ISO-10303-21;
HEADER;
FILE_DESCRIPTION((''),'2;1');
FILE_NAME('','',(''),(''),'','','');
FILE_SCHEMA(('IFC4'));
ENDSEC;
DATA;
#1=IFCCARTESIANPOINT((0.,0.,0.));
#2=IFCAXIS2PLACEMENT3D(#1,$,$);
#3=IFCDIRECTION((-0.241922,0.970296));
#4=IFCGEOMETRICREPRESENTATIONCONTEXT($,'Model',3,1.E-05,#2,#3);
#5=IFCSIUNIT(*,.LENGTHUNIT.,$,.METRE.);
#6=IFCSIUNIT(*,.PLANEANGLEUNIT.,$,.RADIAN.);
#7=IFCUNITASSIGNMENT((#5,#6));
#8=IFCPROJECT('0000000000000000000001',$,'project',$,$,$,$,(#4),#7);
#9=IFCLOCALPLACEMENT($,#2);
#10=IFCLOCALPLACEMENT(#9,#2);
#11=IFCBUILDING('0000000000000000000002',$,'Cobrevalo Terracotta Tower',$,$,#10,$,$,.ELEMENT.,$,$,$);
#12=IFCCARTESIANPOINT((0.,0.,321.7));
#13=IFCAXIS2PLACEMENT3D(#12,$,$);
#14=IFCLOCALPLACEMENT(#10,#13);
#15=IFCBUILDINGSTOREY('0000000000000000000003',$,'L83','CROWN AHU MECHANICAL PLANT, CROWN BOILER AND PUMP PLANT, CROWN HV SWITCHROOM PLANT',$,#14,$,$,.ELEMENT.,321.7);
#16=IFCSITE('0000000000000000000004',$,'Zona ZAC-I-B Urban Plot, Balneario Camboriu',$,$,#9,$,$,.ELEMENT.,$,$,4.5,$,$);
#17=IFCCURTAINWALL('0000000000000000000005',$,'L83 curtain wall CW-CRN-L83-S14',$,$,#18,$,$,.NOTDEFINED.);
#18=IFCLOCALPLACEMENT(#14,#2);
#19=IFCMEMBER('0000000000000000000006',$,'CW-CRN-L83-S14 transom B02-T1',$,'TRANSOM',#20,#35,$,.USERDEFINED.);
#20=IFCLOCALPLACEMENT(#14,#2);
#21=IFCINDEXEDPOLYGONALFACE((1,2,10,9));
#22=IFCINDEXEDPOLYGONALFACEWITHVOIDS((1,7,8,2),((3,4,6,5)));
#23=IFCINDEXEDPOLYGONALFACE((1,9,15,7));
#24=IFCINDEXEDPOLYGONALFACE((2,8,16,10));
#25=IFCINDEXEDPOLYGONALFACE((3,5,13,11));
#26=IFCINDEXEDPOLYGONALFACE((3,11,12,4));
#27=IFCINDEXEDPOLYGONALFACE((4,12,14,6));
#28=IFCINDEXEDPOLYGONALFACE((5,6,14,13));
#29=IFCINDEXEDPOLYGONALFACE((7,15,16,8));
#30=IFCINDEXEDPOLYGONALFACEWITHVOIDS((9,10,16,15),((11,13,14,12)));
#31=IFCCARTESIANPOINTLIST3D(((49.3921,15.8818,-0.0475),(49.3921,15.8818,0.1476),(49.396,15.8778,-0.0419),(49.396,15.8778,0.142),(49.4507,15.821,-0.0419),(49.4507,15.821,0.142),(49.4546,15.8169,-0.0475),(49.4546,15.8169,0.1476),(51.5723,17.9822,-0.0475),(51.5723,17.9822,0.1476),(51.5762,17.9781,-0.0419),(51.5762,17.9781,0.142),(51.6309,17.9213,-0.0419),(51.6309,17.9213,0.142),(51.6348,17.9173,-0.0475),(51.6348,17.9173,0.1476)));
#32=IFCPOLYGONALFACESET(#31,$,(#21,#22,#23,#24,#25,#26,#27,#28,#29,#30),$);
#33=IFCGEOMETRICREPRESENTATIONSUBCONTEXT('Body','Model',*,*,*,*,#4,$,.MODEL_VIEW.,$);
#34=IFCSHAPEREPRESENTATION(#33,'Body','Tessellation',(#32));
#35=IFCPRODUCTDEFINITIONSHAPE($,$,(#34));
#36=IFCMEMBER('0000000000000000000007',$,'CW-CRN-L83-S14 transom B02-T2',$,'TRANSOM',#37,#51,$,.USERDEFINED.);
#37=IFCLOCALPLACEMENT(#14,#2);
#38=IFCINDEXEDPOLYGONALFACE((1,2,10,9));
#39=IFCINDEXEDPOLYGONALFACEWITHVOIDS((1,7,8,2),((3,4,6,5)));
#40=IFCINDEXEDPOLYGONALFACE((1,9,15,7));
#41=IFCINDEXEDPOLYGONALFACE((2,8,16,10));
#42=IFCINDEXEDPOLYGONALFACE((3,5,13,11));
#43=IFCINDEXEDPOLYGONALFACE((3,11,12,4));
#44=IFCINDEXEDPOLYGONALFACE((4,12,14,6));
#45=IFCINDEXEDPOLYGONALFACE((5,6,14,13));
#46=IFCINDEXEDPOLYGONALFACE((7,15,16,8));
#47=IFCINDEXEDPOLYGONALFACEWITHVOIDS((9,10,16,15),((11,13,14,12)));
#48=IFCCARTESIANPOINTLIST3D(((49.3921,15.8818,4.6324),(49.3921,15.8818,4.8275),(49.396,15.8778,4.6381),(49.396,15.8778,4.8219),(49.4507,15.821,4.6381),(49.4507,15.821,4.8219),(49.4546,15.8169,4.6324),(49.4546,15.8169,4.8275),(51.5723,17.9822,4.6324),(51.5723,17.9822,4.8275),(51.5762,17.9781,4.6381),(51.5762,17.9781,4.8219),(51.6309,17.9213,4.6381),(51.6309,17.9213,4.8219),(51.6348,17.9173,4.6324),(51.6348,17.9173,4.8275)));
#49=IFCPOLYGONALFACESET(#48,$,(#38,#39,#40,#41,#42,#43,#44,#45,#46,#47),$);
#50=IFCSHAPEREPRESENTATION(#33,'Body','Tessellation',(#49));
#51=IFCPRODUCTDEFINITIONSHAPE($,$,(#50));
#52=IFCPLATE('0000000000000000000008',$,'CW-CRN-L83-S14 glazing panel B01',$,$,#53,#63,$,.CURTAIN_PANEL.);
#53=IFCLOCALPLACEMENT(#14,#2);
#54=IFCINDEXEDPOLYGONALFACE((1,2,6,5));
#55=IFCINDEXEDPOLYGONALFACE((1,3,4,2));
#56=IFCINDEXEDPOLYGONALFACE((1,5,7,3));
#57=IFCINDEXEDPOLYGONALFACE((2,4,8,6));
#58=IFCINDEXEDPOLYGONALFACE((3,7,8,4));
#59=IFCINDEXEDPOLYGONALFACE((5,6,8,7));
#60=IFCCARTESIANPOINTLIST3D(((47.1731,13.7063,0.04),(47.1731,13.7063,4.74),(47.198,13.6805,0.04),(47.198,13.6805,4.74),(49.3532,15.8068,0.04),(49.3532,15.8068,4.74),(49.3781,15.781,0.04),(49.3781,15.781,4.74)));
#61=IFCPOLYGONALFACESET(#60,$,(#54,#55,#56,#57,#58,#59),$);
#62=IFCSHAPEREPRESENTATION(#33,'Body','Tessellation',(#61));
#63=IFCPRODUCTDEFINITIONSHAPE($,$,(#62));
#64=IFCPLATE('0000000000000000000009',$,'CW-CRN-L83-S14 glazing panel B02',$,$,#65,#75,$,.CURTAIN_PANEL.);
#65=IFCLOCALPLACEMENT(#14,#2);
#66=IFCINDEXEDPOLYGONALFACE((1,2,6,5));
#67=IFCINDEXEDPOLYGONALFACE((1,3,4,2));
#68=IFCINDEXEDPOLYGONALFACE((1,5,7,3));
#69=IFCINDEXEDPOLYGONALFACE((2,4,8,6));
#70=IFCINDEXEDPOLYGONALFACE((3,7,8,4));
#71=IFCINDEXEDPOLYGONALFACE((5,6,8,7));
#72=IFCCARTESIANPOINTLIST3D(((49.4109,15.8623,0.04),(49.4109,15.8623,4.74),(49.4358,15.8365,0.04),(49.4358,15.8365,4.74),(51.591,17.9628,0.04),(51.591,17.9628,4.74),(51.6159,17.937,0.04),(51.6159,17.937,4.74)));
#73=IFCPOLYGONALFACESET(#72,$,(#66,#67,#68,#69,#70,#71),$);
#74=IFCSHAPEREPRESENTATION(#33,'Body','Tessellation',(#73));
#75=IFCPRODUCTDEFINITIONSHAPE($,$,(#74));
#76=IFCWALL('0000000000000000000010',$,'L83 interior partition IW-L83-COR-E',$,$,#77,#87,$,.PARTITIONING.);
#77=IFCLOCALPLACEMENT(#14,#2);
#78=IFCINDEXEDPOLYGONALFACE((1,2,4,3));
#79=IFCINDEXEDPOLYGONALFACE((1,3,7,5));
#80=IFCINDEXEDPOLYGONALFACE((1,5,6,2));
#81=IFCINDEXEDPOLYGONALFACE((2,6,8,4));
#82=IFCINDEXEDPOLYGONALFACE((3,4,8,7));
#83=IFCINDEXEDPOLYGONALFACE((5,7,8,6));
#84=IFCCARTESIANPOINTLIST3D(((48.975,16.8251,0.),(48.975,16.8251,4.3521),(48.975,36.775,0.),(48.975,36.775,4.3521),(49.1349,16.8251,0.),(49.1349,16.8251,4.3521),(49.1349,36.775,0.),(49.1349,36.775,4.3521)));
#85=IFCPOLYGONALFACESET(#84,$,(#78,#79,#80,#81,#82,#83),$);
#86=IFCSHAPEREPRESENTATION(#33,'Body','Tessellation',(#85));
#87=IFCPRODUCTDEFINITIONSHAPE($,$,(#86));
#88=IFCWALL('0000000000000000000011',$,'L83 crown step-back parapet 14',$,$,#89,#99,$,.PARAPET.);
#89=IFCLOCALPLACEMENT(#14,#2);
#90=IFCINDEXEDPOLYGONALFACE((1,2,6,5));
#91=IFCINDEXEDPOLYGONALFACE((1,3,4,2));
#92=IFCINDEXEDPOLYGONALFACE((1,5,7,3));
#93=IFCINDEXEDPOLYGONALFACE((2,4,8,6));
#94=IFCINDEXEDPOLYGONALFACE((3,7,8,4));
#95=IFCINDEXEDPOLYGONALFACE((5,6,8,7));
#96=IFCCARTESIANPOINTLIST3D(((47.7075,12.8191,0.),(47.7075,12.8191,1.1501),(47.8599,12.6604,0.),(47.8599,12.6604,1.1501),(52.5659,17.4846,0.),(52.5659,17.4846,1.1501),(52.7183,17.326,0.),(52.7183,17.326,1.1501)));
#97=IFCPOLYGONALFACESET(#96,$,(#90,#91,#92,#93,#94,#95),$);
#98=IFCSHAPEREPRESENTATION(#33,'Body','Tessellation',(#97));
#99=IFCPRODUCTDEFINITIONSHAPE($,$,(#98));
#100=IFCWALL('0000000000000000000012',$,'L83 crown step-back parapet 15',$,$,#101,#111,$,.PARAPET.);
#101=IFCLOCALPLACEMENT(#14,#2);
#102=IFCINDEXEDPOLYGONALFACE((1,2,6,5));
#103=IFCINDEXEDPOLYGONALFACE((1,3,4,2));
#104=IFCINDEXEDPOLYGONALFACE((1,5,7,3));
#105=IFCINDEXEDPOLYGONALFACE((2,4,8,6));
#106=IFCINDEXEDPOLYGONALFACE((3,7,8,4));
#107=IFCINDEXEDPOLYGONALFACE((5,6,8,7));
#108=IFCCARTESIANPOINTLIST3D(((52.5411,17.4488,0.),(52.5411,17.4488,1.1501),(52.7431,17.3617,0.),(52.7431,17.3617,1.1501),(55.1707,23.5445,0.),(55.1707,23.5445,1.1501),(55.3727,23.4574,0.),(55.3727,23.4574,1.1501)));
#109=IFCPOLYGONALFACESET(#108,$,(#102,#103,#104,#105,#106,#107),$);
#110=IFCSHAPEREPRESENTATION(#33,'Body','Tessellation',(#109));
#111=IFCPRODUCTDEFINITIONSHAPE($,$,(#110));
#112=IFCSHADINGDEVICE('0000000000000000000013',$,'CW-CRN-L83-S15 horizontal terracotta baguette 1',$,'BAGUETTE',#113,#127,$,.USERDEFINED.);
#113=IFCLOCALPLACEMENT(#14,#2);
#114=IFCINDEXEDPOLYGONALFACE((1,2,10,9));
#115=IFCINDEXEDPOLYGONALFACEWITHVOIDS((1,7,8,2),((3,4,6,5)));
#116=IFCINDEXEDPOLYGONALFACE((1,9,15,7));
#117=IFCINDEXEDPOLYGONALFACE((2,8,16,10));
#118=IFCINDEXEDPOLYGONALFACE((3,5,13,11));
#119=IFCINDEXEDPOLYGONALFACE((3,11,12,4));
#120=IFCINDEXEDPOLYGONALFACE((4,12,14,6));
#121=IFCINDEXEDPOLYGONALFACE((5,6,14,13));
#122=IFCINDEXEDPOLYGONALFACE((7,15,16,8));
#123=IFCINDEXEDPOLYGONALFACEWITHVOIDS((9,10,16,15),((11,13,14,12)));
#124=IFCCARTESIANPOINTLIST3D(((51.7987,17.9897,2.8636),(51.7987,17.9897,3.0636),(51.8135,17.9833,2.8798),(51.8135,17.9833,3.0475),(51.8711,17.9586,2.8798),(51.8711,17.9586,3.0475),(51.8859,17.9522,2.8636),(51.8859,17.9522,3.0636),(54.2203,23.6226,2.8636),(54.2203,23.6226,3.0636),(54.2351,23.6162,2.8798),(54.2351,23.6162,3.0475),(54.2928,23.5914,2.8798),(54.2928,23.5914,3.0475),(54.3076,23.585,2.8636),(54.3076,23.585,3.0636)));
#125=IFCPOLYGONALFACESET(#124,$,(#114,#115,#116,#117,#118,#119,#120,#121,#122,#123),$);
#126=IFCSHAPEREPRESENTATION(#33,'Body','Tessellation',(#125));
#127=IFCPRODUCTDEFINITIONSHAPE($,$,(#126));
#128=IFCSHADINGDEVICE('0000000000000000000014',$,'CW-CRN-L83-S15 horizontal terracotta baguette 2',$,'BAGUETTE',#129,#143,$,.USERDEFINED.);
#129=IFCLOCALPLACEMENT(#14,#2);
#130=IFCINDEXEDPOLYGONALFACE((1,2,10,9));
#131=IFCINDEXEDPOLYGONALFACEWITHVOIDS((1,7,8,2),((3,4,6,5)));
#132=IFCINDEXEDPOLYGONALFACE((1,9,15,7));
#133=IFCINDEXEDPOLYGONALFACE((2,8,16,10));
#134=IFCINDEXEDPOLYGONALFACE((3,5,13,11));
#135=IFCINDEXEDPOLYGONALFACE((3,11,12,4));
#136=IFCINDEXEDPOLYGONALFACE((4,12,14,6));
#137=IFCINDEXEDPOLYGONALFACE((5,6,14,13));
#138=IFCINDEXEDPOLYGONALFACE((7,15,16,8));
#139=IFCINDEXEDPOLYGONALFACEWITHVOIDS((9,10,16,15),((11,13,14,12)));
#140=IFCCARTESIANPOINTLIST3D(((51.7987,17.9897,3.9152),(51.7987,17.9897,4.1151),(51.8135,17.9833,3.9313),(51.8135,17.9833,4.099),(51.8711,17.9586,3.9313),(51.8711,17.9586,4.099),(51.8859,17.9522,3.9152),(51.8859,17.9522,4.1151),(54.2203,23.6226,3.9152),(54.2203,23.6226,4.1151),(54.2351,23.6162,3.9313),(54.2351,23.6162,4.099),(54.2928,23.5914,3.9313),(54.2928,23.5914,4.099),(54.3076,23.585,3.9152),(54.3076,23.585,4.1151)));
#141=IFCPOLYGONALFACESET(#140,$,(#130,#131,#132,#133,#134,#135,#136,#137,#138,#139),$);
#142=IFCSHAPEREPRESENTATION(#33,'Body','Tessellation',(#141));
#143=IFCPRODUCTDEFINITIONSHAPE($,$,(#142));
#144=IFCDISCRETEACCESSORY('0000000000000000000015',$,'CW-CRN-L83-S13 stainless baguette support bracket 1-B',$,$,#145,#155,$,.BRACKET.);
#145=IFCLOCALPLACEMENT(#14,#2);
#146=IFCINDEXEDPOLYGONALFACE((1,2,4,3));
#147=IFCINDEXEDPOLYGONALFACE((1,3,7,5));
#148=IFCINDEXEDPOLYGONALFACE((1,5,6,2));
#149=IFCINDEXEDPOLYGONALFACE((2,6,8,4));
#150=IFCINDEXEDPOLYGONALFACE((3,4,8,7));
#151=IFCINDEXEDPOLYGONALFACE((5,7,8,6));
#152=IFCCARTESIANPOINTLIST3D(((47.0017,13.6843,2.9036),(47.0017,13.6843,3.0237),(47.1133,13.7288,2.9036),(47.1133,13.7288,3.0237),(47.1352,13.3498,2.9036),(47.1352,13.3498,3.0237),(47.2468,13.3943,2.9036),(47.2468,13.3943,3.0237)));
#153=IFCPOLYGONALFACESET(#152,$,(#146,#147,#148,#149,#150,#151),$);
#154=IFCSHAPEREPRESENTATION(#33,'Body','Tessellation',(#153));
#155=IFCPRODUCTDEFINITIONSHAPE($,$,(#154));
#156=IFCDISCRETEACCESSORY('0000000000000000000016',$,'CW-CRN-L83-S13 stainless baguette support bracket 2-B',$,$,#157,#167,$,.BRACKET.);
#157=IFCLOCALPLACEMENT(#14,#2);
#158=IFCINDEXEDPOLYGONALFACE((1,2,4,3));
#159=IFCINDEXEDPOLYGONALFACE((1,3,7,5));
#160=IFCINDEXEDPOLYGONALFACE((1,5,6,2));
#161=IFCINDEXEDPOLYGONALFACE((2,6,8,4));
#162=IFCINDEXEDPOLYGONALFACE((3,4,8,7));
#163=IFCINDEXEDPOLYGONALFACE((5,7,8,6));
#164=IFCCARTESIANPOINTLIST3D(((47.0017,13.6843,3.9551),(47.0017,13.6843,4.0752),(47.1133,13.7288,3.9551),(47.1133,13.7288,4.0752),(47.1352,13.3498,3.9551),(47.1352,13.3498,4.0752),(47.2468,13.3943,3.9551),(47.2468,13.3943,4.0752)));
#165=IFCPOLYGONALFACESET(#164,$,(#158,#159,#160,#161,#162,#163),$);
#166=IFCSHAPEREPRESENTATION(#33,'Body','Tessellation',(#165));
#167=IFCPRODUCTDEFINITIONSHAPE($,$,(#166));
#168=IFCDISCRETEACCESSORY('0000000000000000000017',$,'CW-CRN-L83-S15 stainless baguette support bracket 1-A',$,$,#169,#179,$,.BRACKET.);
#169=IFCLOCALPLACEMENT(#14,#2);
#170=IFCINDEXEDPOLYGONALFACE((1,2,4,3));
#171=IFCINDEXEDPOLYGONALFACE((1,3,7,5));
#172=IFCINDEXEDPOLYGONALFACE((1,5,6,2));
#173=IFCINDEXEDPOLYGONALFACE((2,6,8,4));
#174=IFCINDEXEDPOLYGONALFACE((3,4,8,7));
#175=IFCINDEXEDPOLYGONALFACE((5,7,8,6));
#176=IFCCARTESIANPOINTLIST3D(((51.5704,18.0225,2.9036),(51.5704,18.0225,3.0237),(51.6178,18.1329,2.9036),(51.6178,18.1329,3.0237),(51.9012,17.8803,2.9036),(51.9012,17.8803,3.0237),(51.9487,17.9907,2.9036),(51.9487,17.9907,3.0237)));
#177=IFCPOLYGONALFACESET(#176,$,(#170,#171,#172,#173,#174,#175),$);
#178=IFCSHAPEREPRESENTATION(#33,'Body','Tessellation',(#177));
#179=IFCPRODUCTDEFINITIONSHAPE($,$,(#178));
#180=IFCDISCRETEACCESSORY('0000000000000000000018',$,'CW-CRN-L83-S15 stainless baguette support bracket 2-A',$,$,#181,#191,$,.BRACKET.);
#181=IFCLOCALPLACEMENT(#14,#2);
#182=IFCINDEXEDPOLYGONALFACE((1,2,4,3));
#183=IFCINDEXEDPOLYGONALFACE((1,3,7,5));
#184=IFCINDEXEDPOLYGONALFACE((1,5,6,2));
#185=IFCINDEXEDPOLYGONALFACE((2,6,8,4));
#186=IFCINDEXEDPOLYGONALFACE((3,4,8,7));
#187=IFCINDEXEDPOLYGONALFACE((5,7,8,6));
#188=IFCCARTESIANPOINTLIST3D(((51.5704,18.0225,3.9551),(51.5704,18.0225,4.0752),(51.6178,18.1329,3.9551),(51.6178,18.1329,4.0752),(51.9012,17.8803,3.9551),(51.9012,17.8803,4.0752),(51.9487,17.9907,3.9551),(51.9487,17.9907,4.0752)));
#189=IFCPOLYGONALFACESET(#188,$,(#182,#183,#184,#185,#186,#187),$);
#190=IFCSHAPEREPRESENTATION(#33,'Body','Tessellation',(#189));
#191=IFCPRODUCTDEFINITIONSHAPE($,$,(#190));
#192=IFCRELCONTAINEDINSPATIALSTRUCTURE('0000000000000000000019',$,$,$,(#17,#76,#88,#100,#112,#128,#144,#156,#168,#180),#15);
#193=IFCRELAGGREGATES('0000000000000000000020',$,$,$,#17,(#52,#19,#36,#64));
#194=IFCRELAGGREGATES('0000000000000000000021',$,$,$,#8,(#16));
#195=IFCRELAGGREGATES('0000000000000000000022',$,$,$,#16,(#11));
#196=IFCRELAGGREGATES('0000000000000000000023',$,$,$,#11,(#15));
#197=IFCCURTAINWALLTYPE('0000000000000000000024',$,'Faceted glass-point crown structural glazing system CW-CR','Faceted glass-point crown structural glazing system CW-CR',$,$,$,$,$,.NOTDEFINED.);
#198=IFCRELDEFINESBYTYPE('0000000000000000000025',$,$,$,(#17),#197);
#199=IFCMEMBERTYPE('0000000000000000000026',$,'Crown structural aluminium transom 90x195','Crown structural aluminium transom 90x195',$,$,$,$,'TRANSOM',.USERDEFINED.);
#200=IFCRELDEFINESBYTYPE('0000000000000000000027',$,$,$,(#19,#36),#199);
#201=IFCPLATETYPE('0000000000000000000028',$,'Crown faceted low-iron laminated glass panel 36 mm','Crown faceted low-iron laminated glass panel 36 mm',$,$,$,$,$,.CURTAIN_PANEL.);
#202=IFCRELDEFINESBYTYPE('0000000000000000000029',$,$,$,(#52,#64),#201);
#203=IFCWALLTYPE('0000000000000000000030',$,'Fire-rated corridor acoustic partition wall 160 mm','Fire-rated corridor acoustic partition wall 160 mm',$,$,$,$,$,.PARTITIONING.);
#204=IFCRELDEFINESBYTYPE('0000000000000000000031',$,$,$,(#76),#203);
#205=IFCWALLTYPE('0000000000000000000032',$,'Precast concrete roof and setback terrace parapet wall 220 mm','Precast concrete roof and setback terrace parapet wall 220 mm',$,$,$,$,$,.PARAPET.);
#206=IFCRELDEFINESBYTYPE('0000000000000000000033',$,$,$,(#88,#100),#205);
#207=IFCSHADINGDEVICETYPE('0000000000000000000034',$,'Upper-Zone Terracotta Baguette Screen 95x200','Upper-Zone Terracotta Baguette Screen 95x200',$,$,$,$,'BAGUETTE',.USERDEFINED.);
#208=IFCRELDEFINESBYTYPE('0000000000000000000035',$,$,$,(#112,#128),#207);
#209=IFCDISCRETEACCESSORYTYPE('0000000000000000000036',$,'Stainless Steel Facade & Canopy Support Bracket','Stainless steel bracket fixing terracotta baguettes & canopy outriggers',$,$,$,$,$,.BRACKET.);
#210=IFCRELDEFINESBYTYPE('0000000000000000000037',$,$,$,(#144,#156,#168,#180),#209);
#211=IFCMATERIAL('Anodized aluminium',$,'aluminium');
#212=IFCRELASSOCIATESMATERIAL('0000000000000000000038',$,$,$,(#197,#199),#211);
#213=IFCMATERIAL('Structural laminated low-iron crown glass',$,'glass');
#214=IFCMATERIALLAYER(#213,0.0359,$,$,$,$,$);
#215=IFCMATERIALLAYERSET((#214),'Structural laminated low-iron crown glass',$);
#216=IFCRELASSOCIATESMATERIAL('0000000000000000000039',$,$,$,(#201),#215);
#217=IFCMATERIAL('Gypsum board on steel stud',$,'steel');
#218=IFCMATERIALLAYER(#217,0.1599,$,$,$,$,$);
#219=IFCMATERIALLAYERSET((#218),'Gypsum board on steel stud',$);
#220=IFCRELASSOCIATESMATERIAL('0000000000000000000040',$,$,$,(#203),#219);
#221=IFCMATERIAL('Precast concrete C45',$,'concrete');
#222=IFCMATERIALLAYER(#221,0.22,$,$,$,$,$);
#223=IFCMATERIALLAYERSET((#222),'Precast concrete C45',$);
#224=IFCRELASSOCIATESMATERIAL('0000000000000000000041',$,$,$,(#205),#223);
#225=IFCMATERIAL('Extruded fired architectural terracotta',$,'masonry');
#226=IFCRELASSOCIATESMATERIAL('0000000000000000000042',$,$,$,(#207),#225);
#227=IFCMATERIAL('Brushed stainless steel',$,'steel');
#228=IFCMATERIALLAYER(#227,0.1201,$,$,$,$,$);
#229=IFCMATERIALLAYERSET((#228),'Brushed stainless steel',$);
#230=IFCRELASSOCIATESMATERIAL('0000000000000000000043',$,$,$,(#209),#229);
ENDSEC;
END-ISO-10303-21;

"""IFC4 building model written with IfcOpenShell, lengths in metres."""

from ifc_helpers import new_model, si_unit, direction, frame, frame_2d, origin, origin_2d, place, context, subcontext, project, spatial, rectangle, hollow_rectangle, extrude, source, transform, mapped, material, layer, layer_set, material_profile, profile_set, type_object, element, aggregate, save


model = new_model("IFC4")

# Units and contexts
model_context = context("Model", 3, precision=1e-05, world=origin(), true_north=direction((-0.241922, 0.970296)))
body_context = subcontext(model_context, "Body", "Model", "MODEL_VIEW")
ifc_project = project(units=[si_unit("LENGTHUNIT", "METRE"), si_unit("PLANEANGLEUNIT", "RADIAN")], contexts=[model_context])

# Site, building, storey
site_placement = place(None, origin())
site = spatial("IfcSite", under=ifc_project, at=site_placement, Name="Zona ZAC-I-B Urban Plot, Balneario Camboriu", CompositionType="ELEMENT", RefElevation=4.5)
building_placement = place(site_placement, origin())
building = spatial("IfcBuilding", under=site, at=building_placement, Name="Cobrevalo Terracotta Tower", CompositionType="ELEMENT")
storey_placement = place(building_placement, frame((0.0, 0.0, 321.7)))
storey = spatial("IfcBuildingStorey", under=building, at=storey_placement, Name="L83", Description="CROWN AHU MECHANICAL PLANT, CROWN BOILER AND PUMP PLANT, CROWN HV SWITCHROOM PLANT", CompositionType="ELEMENT", Elevation=321.7)

# Curtain wall
ifc_material_1 = material(Name="Anodized aluminium", Category="aluminium")
curtain_wall_type = type_object("IfcCurtainWallType", Name="Faceted glass-point crown structural glazing system CW-CR", Description="Faceted glass-point crown structural glazing system CW-CR", PredefinedType="NOTDEFINED", material=ifc_material_1)
curtain_wall_1_placement = place(storey_placement, origin())
curtain_wall_1 = element("IfcCurtainWall", 1, at=curtain_wall_1_placement, inside=storey, type_object=curtain_wall_type, Name="L83 curtain wall CW-CRN-L83-S14", PredefinedType="NOTDEFINED")
ifc_material_profile_1 = material_profile(ifc_material_1, hollow_rectangle(XDim=0.0901, YDim=0.1951, WallThickness=0.0056, at=origin_2d()), Name="CWT 90x195")
ifc_profile_set_1 = profile_set([ifc_material_profile_1], Name="Anodized aluminium")
member_type_1 = type_object("IfcMemberType", Name="Crown structural aluminium transom 90x195", Description="Crown structural aluminium transom 90x195", ElementType="TRANSOM", PredefinedType="USERDEFINED", material=ifc_profile_set_1)

# Members
shared_shape_1 = source(origin(), body_context, "Body", "SweptSolid", [
    extrude(hollow_rectangle(XDim=0.0901, YDim=0.1951, WallThickness=0.0056, at=origin_2d()), origin(), (0.0, 0.0, 1.0), 3.0273),
])
member_1_placement = place(storey_placement, frame((49.4233, 15.8494, 0.05), z_axis=(0.720169, 0.693798, 0.0), x_axis=(-0.693798, 0.720169, 0.0)))
member_1 = element("IfcMember", 2, at=member_1_placement, type_object=member_type_1, Name="CW-CRN-L83-S14 transom B02-T1", ObjectType="TRANSOM", PredefinedType="USERDEFINED", context=body_context, shape_type="MappedRepresentation", body=[
    mapped(shared_shape_1, transform((0.0, 0.0, 0.0), scale=1.0)),
])
member_2_placement = place(storey_placement, frame((49.4233, 15.8494, 4.73), z_axis=(0.720169, 0.693798, 0.0), x_axis=(-0.693798, 0.720169, 0.0)))
member_2 = element("IfcMember", 3, at=member_2_placement, type_object=member_type_1, Name="CW-CRN-L83-S14 transom B02-T2", ObjectType="TRANSOM", PredefinedType="USERDEFINED", context=body_context, shape_type="MappedRepresentation", body=[
    mapped(shared_shape_1, transform((0.0, 0.0, 0.0), scale=1.0)),
])

# Plates
ifc_material_2 = material(Name="Structural laminated low-iron crown glass", Category="glass")
ifc_layer_1 = layer(ifc_material_2, 0.0359)
ifc_layer_set_1 = layer_set([ifc_layer_1], Name="Structural laminated low-iron crown glass")
plate_type = type_object("IfcPlateType", Name="Crown faceted low-iron laminated glass panel 36 mm", Description="Crown faceted low-iron laminated glass panel 36 mm", PredefinedType="CURTAIN_PANEL", material=ifc_layer_set_1)
shared_shape_2 = source(origin(), body_context, "Body", "SweptSolid", [
    extrude(rectangle(XDim=3.0273, YDim=0.0359, at=origin_2d()), origin(), (0.0, 0.0, 1.0), 4.7),
])
plate_1_placement = place(storey_placement, frame((48.2756, 14.7437, 0.04), z_axis=(0.0, 0.0, 1.0), x_axis=(0.720133, 0.693836, 0.0)))
plate_1 = element("IfcPlate", 4, at=plate_1_placement, type_object=plate_type, Name="CW-CRN-L83-S14 glazing panel B01", PredefinedType="CURTAIN_PANEL", context=body_context, shape_type="MappedRepresentation", body=[
    mapped(shared_shape_2, transform((0.0, 0.0, 0.0), scale=1.0)),
])
plate_2_placement = place(storey_placement, frame((50.5134, 16.8997, 0.04), z_axis=(0.0, 0.0, 1.0), x_axis=(0.720133, 0.693836, 0.0)))
plate_2 = element("IfcPlate", 5, at=plate_2_placement, type_object=plate_type, Name="CW-CRN-L83-S14 glazing panel B02", PredefinedType="CURTAIN_PANEL", context=body_context, shape_type="MappedRepresentation", body=[
    mapped(shared_shape_2, transform((0.0, 0.0, 0.0), scale=1.0)),
])
aggregate(curtain_wall_1, [plate_1, member_1, member_2, plate_2])

# Walls
ifc_material_3 = material(Name="Gypsum board on steel stud", Category="steel")
ifc_layer_2 = layer(ifc_material_3, 0.1599)
ifc_layer_set_2 = layer_set([ifc_layer_2], Name="Gypsum board on steel stud")
wall_type_1 = type_object("IfcWallType", Name="Fire-rated corridor acoustic partition wall 160 mm", Description="Fire-rated corridor acoustic partition wall 160 mm", PredefinedType="PARTITIONING", material=ifc_layer_set_2)
wall_1_placement = place(storey_placement, frame((49.0549, 16.825, 0.0), z_axis=(0.0, 0.0, 1.0), x_axis=(0.0, 1.0, 0.0)))
element("IfcWall", 6, at=wall_1_placement, inside=storey, type_object=wall_type_1, Name="L83 interior partition IW-L83-COR-E", PredefinedType="PARTITIONING", context=body_context, shape_type="SweptSolid", body=[
    extrude(rectangle(XDim=19.95, YDim=0.1599, at=frame_2d((9.9751, 0.0))), origin(), (0.0, 0.0, 1.0), 4.3521),
])
ifc_material_4 = material(Name="Precast concrete C45", Category="concrete")
ifc_layer_3 = layer(ifc_material_4, 0.22)
ifc_layer_set_3 = layer_set([ifc_layer_3], Name="Precast concrete C45")
wall_type_2 = type_object("IfcWallType", Name="Precast concrete roof and setback terrace parapet wall 220 mm", Description="Precast concrete roof and setback terrace parapet wall 220 mm", PredefinedType="PARAPET", material=ifc_layer_set_3)
wall_2_placement = place(storey_placement, frame((47.7837, 12.7397, 0.0), z_axis=(0.0, 0.0, 1.0), x_axis=(0.721279, 0.692645, 0.0)))
element("IfcWall", 7, at=wall_2_placement, inside=storey, type_object=wall_type_2, Name="L83 crown step-back parapet 14", PredefinedType="PARAPET", context=body_context, shape_type="SweptSolid", body=[
    extrude(rectangle(XDim=6.7358, YDim=0.22, at=frame_2d((3.3679, 0.0))), origin(), (0.0, 0.0, 1.0), 1.1501),
])
wall_3_placement = place(storey_placement, frame((52.6421, 17.4053, 0.0), z_axis=(0.0, 0.0, 1.0), x_axis=(0.396106, 0.918205, 0.0)))
element("IfcWall", 8, at=wall_3_placement, inside=storey, type_object=wall_type_2, Name="L83 crown step-back parapet 15", PredefinedType="PARAPET", context=body_context, shape_type="SweptSolid", body=[
    extrude(rectangle(XDim=6.6387, YDim=0.22, at=frame_2d((3.3193, 0.0))), origin(), (0.0, 0.0, 1.0), 1.1501),
])

# Shading devices
ifc_material_5 = material(Name="Extruded fired architectural terracotta", Category="masonry")
ifc_material_profile_2 = material_profile(ifc_material_5, hollow_rectangle(XDim=0.095, YDim=0.2, WallThickness=0.0161, at=origin_2d()), Name="BAGUETTE 95x200")
ifc_profile_set_2 = profile_set([ifc_material_profile_2], Name="Extruded fired architectural terracotta")
shading_device_type = type_object("IfcShadingDeviceType", Name="Upper-Zone Terracotta Baguette Screen 95x200", Description="Upper-Zone Terracotta Baguette Screen 95x200", ElementType="BAGUETTE", PredefinedType="USERDEFINED", material=ifc_profile_set_2)
shared_shape_3 = source(origin(), body_context, "Body", "SweptSolid", [
    extrude(hollow_rectangle(XDim=0.095, YDim=0.2, WallThickness=0.0161, at=origin_2d()), origin(), (0.0, 0.0, 1.0), 6.1313),
])
for number, where, z_axis, x_axis, name in (
    (9, (51.8423, 17.9709, 2.9636), (0.394962, 0.918698, 0.0), (-0.918698, 0.394962, 0.0), "CW-CRN-L83-S15 horizontal terracotta baguette 1"),
    (10, (51.8423, 17.9709, 4.0151), (0.394962, 0.918698, 0.0), (-0.918698, 0.394962, 0.0), "CW-CRN-L83-S15 horizontal terracotta baguette 2"),
):
    element("IfcShadingDevice", number, at=place(storey_placement, frame(where, z_axis=z_axis, x_axis=x_axis)), inside=storey, type_object=shading_device_type, Name=name, ObjectType="BAGUETTE", PredefinedType="USERDEFINED", context=body_context, shape_type="MappedRepresentation", body=[
        mapped(shared_shape_3, transform((0.0, 0.0, 0.0), scale=1.0)),
    ])

# Discrete accessories
ifc_material_6 = material(Name="Brushed stainless steel", Category="steel")
ifc_layer_4 = layer(ifc_material_6, 0.1201)
ifc_layer_set_4 = layer_set([ifc_layer_4], Name="Brushed stainless steel")
discrete_accessory_type = type_object("IfcDiscreteAccessoryType", Name="Stainless Steel Facade & Canopy Support Bracket", Description="Stainless steel bracket fixing terracotta baguettes & canopy outriggers", PredefinedType="BRACKET", material=ifc_layer_set_4)
shared_shape_4 = source(origin(), body_context, "Body", "SweptSolid", [
    extrude(rectangle(XDim=0.1201, YDim=0.3601, at=origin_2d()), origin(), (0.0, 0.0, 1.0), 0.1201),
])
for number, where, z_axis, x_axis, name in (
    (11, (47.1243, 13.5393, 2.9036), (0.0, 0.0, 1.0), (0.928769, 0.37066, 0.0), "CW-CRN-L83-S13 stainless baguette support bracket 1-B"),
    (12, (47.1243, 13.5393, 3.9551), (0.0, 0.0, 1.0), (0.928769, 0.37066, 0.0), "CW-CRN-L83-S13 stainless baguette support bracket 2-B"),
    (13, (51.7595, 18.0066, 2.9036), (0.0, 0.0, 1.0), (0.39496, 0.918698, 0.0), "CW-CRN-L83-S15 stainless baguette support bracket 1-A"),
    (14, (51.7595, 18.0066, 3.9551), (0.0, 0.0, 1.0), (0.39496, 0.918698, 0.0), "CW-CRN-L83-S15 stainless baguette support bracket 2-A"),
):
    element("IfcDiscreteAccessory", number, at=place(storey_placement, frame(where, z_axis=z_axis, x_axis=x_axis)), inside=storey, type_object=discrete_accessory_type, Name=name, PredefinedType="BRACKET", context=body_context, shape_type="MappedRepresentation", body=[
        mapped(shared_shape_4, transform((0.0, 0.0, 0.0), scale=1.0)),
    ])

save(model, "model.ifc")
